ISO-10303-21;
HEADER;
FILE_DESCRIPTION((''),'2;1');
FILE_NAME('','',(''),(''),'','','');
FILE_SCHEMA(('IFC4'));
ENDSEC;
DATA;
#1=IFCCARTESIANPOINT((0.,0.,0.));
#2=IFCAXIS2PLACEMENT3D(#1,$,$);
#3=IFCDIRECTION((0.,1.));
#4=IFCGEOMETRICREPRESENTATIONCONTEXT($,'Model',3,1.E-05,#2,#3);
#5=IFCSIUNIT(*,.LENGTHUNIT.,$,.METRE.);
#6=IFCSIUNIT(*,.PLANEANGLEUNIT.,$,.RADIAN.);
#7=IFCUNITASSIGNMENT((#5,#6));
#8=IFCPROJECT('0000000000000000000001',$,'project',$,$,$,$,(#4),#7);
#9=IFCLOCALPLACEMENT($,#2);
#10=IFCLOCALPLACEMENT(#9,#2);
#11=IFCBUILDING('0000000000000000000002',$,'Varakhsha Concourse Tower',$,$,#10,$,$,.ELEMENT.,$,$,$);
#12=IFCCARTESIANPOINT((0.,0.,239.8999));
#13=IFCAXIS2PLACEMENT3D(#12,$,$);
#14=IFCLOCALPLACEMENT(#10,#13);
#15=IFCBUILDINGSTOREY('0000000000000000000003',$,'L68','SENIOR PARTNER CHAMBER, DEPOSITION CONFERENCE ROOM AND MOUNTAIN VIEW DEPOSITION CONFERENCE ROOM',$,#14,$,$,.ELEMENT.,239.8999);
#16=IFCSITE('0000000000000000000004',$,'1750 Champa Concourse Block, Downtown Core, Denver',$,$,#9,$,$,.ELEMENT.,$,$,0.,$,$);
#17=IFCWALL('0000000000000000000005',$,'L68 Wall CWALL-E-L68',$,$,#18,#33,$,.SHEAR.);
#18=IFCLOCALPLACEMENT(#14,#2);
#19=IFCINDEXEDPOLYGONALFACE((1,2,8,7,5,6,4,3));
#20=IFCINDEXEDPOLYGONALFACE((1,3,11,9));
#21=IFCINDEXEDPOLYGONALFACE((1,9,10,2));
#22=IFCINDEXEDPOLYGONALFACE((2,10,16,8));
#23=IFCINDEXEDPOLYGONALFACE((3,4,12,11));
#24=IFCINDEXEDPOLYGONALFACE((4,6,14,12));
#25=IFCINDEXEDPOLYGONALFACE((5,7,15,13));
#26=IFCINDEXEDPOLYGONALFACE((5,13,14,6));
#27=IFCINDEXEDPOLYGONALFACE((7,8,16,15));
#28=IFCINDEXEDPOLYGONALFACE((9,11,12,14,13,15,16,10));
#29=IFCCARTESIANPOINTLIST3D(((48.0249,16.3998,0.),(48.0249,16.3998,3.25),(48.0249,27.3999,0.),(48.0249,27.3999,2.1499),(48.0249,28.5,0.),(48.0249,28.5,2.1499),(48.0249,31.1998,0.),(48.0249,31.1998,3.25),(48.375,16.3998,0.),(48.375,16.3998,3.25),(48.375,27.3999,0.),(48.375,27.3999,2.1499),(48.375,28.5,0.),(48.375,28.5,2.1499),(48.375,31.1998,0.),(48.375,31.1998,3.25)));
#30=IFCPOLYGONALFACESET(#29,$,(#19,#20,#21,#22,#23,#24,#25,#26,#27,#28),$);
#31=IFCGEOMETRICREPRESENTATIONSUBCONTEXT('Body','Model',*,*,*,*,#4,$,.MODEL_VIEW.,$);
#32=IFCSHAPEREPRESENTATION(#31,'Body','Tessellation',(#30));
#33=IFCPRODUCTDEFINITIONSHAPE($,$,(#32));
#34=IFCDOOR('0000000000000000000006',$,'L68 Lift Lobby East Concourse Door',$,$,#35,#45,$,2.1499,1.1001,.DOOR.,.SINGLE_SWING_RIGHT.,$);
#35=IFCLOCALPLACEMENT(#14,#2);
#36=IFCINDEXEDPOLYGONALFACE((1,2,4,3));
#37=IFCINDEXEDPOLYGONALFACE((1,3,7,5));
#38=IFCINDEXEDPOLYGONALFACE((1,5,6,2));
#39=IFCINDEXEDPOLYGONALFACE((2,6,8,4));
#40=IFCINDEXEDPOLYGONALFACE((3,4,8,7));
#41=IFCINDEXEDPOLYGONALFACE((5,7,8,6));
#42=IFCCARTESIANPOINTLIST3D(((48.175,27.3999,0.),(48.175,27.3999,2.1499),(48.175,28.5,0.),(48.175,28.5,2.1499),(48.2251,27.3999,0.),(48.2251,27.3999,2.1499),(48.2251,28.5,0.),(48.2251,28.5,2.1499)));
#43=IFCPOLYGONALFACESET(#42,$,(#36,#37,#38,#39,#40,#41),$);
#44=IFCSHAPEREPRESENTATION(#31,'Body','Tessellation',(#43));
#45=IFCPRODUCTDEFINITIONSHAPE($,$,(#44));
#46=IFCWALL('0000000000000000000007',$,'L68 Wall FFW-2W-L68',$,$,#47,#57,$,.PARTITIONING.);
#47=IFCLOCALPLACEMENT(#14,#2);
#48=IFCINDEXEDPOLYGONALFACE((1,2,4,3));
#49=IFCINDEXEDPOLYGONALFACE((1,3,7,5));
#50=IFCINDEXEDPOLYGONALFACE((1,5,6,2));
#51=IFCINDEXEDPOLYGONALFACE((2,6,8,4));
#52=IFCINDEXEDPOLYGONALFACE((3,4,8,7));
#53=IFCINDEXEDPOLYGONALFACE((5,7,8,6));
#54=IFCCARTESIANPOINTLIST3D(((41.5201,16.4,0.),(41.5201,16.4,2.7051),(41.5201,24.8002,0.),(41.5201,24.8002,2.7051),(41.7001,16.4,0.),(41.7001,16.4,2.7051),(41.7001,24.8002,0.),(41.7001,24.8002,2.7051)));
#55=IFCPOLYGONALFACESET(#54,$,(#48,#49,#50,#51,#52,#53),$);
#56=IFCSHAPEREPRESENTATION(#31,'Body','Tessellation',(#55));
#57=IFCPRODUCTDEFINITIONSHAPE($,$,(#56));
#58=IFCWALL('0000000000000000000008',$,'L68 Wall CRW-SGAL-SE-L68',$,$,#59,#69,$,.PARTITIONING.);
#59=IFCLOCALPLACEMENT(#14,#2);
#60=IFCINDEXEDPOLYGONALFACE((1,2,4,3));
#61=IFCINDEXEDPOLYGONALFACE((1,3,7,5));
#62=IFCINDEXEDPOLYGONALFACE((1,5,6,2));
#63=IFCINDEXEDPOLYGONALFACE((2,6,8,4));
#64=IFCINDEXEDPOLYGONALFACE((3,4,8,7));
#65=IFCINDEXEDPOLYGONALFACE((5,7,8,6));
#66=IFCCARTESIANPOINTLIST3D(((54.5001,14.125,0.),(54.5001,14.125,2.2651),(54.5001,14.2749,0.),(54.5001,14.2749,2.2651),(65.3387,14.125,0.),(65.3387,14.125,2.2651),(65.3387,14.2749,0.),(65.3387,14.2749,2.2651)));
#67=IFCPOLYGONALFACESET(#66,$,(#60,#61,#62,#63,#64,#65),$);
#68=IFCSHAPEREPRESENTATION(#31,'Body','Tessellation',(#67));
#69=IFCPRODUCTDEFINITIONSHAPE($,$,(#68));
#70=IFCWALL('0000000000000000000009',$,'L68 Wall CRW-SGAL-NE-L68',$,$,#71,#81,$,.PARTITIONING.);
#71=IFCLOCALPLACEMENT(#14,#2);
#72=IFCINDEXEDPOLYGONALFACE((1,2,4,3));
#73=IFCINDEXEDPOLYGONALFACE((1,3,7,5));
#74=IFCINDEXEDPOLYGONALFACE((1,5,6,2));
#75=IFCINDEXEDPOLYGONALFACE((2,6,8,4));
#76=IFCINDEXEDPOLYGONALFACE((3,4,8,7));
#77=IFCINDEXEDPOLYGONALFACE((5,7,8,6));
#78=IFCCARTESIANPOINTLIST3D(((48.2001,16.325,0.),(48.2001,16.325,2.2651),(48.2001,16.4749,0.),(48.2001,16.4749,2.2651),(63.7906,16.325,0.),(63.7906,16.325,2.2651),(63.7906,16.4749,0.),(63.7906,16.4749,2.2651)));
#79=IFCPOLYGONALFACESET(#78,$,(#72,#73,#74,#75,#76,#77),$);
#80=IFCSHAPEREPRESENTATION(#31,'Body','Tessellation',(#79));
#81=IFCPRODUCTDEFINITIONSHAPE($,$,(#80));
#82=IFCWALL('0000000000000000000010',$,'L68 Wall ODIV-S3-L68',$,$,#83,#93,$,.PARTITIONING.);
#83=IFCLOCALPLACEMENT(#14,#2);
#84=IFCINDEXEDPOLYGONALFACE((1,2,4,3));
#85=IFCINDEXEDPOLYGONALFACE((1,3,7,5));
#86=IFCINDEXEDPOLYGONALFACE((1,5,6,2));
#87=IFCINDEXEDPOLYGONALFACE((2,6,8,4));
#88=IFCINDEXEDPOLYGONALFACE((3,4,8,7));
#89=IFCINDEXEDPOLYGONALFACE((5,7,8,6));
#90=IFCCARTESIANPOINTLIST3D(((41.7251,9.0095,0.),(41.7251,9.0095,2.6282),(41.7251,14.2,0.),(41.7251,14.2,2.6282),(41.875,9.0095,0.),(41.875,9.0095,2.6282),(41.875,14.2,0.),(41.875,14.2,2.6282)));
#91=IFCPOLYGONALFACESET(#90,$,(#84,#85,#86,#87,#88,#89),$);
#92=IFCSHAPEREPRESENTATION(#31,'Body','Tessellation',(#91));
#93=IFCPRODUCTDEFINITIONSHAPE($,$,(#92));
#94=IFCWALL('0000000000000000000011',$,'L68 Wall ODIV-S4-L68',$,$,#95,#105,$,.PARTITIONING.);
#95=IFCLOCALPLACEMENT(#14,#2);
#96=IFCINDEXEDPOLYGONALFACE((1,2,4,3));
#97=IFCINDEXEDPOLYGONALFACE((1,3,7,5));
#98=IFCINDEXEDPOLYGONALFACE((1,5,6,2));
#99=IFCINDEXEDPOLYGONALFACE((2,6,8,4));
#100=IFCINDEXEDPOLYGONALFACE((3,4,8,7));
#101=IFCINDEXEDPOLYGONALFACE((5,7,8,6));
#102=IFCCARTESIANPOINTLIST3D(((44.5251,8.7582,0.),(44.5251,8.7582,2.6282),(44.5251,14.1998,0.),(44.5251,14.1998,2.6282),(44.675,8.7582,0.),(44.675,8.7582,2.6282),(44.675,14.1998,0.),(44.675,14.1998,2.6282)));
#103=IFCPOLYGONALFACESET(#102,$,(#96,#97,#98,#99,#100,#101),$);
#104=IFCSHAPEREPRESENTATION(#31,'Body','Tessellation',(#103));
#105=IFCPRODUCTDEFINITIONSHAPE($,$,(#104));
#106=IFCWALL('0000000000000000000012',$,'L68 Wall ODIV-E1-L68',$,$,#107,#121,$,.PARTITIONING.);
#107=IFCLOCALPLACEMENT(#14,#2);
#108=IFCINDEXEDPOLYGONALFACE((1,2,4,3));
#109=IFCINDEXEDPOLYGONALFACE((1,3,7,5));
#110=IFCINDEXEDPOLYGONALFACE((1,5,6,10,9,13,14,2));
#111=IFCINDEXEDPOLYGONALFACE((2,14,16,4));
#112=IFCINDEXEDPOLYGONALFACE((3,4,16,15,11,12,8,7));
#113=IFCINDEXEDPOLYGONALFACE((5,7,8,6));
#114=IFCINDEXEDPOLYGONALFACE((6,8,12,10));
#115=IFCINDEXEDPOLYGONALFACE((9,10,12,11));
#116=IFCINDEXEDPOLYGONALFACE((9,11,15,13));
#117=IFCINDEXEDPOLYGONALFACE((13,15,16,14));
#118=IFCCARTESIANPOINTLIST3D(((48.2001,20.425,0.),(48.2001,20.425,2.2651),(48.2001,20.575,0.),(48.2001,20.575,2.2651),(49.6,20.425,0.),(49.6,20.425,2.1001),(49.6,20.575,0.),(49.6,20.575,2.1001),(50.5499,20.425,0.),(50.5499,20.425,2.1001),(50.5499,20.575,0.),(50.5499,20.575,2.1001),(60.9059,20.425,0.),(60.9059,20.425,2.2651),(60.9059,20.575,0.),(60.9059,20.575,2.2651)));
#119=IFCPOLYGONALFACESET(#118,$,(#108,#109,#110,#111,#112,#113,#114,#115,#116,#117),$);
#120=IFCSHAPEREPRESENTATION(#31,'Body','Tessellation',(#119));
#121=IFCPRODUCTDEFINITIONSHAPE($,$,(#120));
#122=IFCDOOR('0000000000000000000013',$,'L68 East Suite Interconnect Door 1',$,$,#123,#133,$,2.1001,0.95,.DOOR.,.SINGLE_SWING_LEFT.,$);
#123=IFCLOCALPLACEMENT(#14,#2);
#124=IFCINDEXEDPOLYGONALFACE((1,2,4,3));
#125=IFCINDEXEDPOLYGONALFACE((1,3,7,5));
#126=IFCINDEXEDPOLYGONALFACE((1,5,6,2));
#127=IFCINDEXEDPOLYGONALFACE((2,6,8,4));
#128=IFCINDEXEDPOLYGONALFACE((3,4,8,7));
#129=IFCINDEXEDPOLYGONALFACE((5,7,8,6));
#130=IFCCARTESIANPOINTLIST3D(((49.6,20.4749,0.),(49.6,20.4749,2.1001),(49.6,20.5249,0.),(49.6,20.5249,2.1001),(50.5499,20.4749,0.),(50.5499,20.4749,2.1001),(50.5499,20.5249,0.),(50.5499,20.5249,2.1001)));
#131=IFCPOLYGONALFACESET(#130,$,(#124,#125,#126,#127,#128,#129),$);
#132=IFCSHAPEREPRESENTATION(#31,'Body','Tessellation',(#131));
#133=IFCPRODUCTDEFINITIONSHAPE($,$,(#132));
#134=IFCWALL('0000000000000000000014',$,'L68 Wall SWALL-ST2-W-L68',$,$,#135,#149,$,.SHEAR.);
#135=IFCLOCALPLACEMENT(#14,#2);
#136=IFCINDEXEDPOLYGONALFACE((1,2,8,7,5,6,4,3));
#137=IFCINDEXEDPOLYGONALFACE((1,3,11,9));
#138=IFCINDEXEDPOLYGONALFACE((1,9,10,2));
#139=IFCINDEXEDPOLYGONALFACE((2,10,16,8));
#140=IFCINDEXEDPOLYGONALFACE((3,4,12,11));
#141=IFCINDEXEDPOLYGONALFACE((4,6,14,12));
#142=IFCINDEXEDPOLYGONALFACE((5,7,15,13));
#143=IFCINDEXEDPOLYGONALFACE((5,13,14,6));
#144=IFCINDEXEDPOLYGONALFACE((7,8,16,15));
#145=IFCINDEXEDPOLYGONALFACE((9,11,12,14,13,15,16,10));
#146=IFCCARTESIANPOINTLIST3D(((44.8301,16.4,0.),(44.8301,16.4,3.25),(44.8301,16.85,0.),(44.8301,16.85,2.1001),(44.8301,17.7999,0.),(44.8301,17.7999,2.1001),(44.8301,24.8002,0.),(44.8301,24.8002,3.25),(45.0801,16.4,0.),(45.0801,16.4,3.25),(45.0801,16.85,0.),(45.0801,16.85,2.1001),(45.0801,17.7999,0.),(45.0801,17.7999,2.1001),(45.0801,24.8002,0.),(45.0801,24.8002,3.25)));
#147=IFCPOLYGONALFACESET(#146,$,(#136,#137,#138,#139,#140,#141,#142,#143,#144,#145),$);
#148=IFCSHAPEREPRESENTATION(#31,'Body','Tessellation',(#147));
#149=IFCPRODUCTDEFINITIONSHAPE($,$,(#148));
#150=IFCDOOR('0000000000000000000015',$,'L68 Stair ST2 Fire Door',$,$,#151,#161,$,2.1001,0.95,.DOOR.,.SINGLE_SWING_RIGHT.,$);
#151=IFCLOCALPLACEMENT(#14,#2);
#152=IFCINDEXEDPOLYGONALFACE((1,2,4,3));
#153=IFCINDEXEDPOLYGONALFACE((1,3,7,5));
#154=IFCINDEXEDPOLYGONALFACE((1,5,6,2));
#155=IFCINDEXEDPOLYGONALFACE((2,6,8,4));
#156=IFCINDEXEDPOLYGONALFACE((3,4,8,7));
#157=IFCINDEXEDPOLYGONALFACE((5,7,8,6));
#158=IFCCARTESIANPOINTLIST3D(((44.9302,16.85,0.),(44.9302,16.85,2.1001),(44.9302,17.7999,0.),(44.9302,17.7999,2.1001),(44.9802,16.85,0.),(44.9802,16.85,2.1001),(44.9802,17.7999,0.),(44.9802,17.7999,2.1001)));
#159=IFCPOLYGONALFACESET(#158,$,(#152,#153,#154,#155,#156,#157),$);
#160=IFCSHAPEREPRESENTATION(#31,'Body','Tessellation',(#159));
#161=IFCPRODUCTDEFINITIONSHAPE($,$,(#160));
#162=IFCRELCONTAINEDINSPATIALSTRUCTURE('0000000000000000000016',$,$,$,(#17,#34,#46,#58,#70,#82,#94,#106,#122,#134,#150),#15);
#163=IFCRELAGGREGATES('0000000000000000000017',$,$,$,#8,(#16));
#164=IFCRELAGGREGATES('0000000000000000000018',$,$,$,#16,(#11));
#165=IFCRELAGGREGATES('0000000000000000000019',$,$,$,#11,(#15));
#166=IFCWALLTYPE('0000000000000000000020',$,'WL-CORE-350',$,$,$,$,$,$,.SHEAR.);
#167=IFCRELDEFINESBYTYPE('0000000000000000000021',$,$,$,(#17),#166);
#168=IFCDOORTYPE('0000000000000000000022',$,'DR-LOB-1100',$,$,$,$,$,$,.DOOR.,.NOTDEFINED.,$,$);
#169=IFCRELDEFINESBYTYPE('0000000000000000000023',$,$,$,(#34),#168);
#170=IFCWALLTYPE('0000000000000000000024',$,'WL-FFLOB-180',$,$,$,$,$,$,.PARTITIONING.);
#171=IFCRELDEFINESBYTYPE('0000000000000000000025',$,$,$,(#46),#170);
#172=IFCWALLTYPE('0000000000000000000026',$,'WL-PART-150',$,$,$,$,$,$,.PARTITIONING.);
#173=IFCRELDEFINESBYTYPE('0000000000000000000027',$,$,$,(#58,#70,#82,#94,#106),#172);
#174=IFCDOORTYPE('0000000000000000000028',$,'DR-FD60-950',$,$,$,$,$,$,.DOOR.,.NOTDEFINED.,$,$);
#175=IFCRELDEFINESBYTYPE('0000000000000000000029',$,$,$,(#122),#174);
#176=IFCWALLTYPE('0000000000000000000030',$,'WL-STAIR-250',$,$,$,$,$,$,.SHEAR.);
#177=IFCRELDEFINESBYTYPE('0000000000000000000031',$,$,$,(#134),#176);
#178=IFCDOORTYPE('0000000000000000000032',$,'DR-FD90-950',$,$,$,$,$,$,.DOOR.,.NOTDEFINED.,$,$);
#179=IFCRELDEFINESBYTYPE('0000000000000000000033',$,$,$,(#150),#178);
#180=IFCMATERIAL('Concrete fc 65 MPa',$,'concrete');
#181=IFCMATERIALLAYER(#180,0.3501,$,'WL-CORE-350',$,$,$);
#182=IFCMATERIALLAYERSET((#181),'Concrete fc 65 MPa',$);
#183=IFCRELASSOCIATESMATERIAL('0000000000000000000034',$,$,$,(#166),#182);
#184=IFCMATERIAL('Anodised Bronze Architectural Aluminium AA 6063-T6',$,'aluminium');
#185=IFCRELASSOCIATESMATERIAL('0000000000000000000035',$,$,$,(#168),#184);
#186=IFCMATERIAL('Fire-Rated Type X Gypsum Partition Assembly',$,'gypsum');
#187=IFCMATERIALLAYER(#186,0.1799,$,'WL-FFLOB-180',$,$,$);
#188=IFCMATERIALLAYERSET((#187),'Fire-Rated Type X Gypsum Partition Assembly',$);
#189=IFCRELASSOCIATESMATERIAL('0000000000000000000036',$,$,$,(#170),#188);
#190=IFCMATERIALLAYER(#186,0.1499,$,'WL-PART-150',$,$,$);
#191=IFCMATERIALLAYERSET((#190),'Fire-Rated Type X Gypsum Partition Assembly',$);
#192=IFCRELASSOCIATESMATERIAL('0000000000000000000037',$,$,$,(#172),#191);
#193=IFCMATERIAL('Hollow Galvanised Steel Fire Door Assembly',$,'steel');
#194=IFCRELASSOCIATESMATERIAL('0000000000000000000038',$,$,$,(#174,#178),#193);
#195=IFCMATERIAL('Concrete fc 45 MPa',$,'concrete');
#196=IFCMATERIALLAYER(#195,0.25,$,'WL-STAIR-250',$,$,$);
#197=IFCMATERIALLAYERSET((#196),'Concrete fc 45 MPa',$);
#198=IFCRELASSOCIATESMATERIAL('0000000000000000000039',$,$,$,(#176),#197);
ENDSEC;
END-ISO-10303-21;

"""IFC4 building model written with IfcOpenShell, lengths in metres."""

from ifc_helpers import new_model, si_unit, direction, frame, frame_2d, origin, place, context, subcontext, project, spatial, rectangle, extrude, material, layer, layer_set, type_object, element, fill, save


model = new_model("IFC4")

# Units and contexts
model_context = context("Model", 3, precision=1e-05, world=origin(), true_north=direction((0.0, 1.0)))
body_context = subcontext(model_context, "Body", "Model", "MODEL_VIEW")
ifc_project = project(units=[si_unit("LENGTHUNIT", "METRE"), si_unit("PLANEANGLEUNIT", "RADIAN")], contexts=[model_context])

# Site, building, storey
site_placement = place(None, origin())
site = spatial("IfcSite", under=ifc_project, at=site_placement, Name="1750 Champa Concourse Block, Downtown Core, Denver", CompositionType="ELEMENT", RefElevation=0.0)
building_placement = place(site_placement, origin())
building = spatial("IfcBuilding", under=site, at=building_placement, Name="Varakhsha Concourse Tower", CompositionType="ELEMENT")
storey_placement = place(building_placement, frame((0.0, 0.0, 239.8999)))
storey = spatial("IfcBuildingStorey", under=building, at=storey_placement, Name="L68", Description="SENIOR PARTNER CHAMBER, DEPOSITION CONFERENCE ROOM AND MOUNTAIN VIEW DEPOSITION CONFERENCE ROOM", CompositionType="ELEMENT", Elevation=239.8999)

# Shared definitions
ifc_material_1 = material(Name="Concrete fc 65 MPa", Category="concrete")

# Shared definitions
ifc_material_2 = material(Name="Anodised Bronze Architectural Aluminium AA 6063-T6", Category="aluminium")

# Wall, opening, door
ifc_layer_1 = layer(ifc_material_1, 0.3501, Name="WL-CORE-350")
ifc_layer_set_1 = layer_set([ifc_layer_1], Name="Concrete fc 65 MPa")
wall_type_1 = type_object("IfcWallType", Name="WL-CORE-350", PredefinedType="SHEAR", material=ifc_layer_set_1)
wall_1_placement = place(storey_placement, frame((48.2, 16.3999, 0.0), z_axis=(0.0, 0.0, 1.0), x_axis=(0.0, 1.0, 0.0)))
wall_1 = element("IfcWall", 1, at=wall_1_placement, inside=storey, type_object=wall_type_1, Name="L68 Wall CWALL-E-L68", PredefinedType="SHEAR", context=body_context, shape_type="SweptSolid", body=[
    extrude(rectangle(XDim=14.8, YDim=0.3501, at=frame_2d((7.3999, 0.0))), origin(), (0.0, 0.0, 1.0), 3.25),
])
opening_1_placement = place(wall_1_placement, frame((11.0, 0.0, 0.0)))
opening_1 = element("IfcOpeningElement", 2, at=opening_1_placement, cuts=wall_1, PredefinedType="OPENING", context=body_context, shape_type="SweptSolid", body=[
    extrude(rectangle(XDim=1.1001, YDim=2.1499, at=frame_2d((0.55, 1.075))), frame((0.0, 0.1851, 0.0), z_axis=(0.0, -1.0, 0.0), x_axis=(1.0, 0.0, 0.0)), (0.0, 0.0, 1.0), 0.3701),
])
door_type_1 = type_object("IfcDoorType", Name="DR-LOB-1100", OperationType="NOTDEFINED", PredefinedType="DOOR", material=ifc_material_2)
door_1_placement = place(opening_1_placement, origin())
door_1 = element("IfcDoor", 3, at=door_1_placement, inside=storey, type_object=door_type_1, Name="L68 Lift Lobby East Concourse Door", OperationType="SINGLE_SWING_RIGHT", OverallHeight=2.1499, OverallWidth=1.1001, PredefinedType="DOOR", context=body_context, shape_type="SweptSolid", body=[
    extrude(rectangle(XDim=1.1001, YDim=2.1499, at=frame_2d((0.55, 1.075))), frame((0.0, 0.0249, 0.0), z_axis=(0.0, -1.0, 0.0), x_axis=(1.0, 0.0, 0.0)), (0.0, 0.0, 1.0), 0.05),
])
fill(opening_1, door_1)

# Walls
ifc_material_3 = material(Name="Fire-Rated Type X Gypsum Partition Assembly", Category="gypsum")
ifc_layer_2 = layer(ifc_material_3, 0.1799, Name="WL-FFLOB-180")
ifc_layer_set_2 = layer_set([ifc_layer_2], Name="Fire-Rated Type X Gypsum Partition Assembly")
wall_type_2 = type_object("IfcWallType", Name="WL-FFLOB-180", PredefinedType="PARTITIONING", material=ifc_layer_set_2)
wall_2_placement = place(storey_placement, frame((41.6101, 16.3999, 0.0), z_axis=(0.0, 0.0, 1.0), x_axis=(0.0, 1.0, 0.0)))
element("IfcWall", 4, at=wall_2_placement, inside=storey, type_object=wall_type_2, Name="L68 Wall FFW-2W-L68", PredefinedType="PARTITIONING", context=body_context, shape_type="SweptSolid", body=[
    extrude(rectangle(XDim=8.4001, YDim=0.1799, at=frame_2d((4.2002, 0.0))), origin(), (0.0, 0.0, 1.0), 2.7051),
])
ifc_layer_3 = layer(ifc_material_3, 0.1499, Name="WL-PART-150")
ifc_layer_set_3 = layer_set([ifc_layer_3], Name="Fire-Rated Type X Gypsum Partition Assembly")
wall_type_3 = type_object("IfcWallType", Name="WL-PART-150", PredefinedType="PARTITIONING", material=ifc_layer_set_3)
wall_3_placement = place(storey_placement, frame((54.5, 14.2, 0.0), z_axis=(0.0, 0.0, 1.0), x_axis=(1.0, 0.0, 0.0)))
element("IfcWall", 5, at=wall_3_placement, inside=storey, type_object=wall_type_3, Name="L68 Wall CRW-SGAL-SE-L68", PredefinedType="PARTITIONING", context=body_context, shape_type="SweptSolid", body=[
    extrude(rectangle(XDim=10.8386, YDim=0.1499, at=frame_2d((5.4194, 0.0))), origin(), (0.0, 0.0, 1.0), 2.2651),
])
wall_4_placement = place(storey_placement, frame((48.2, 16.3999, 0.0), z_axis=(0.0, 0.0, 1.0), x_axis=(1.0, 0.0, 0.0)))
element("IfcWall", 6, at=wall_4_placement, inside=storey, type_object=wall_type_3, Name="L68 Wall CRW-SGAL-NE-L68", PredefinedType="PARTITIONING", context=body_context, shape_type="SweptSolid", body=[
    extrude(rectangle(XDim=15.5906, YDim=0.1499, at=frame_2d((7.7954, 0.0))), origin(), (0.0, 0.0, 1.0), 2.2651),
])
wall_5_placement = place(storey_placement, frame((41.8, 9.0095, 0.0), z_axis=(0.0, 0.0, 1.0), x_axis=(0.0, 1.0, 0.0)))
element("IfcWall", 7, at=wall_5_placement, inside=storey, type_object=wall_type_3, Name="L68 Wall ODIV-S3-L68", PredefinedType="PARTITIONING", context=body_context, shape_type="SweptSolid", body=[
    extrude(rectangle(XDim=5.1904, YDim=0.1499, at=frame_2d((2.5952, 0.0))), origin(), (0.0, 0.0, 1.0), 2.6282),
])
wall_6_placement = place(storey_placement, frame((44.6001, 8.7583, 0.0), z_axis=(0.0, 0.0, 1.0), x_axis=(0.0, 1.0, 0.0)))
element("IfcWall", 8, at=wall_6_placement, inside=storey, type_object=wall_type_3, Name="L68 Wall ODIV-S4-L68", PredefinedType="PARTITIONING", context=body_context, shape_type="SweptSolid", body=[
    extrude(rectangle(XDim=5.4417, YDim=0.1499, at=frame_2d((2.7207, 0.0))), origin(), (0.0, 0.0, 1.0), 2.6282),
])

# Walls, openings, doors
wall_7_placement = place(storey_placement, frame((48.2, 20.5, 0.0), z_axis=(0.0, 0.0, 1.0), x_axis=(1.0, 0.0, 0.0)))
wall_7 = element("IfcWall", 9, at=wall_7_placement, inside=storey, type_object=wall_type_3, Name="L68 Wall ODIV-E1-L68", PredefinedType="PARTITIONING", context=body_context, shape_type="SweptSolid", body=[
    extrude(rectangle(XDim=12.7058, YDim=0.1499, at=frame_2d((6.353, 0.0))), origin(), (0.0, 0.0, 1.0), 2.2651),
])
opening_2_placement = place(wall_7_placement, frame((1.3999, 0.0, 0.0)))
opening_2 = element("IfcOpeningElement", 10, at=opening_2_placement, cuts=wall_7, PredefinedType="OPENING", context=body_context, shape_type="SweptSolid", body=[
    extrude(rectangle(XDim=0.95, YDim=2.1001, at=frame_2d((0.4751, 1.05))), frame((0.0, 0.085, 0.0), z_axis=(0.0, -1.0, 0.0), x_axis=(1.0, 0.0, 0.0)), (0.0, 0.0, 1.0), 0.1699),
])
ifc_material_4 = material(Name="Hollow Galvanised Steel Fire Door Assembly", Category="steel")
door_type_2 = type_object("IfcDoorType", Name="DR-FD60-950", OperationType="NOTDEFINED", PredefinedType="DOOR", material=ifc_material_4)
door_2_placement = place(opening_2_placement, origin())
door_2 = element("IfcDoor", 11, at=door_2_placement, inside=storey, type_object=door_type_2, Name="L68 East Suite Interconnect Door 1", OperationType="SINGLE_SWING_LEFT", OverallHeight=2.1001, OverallWidth=0.95, PredefinedType="DOOR", context=body_context, shape_type="SweptSolid", body=[
    extrude(rectangle(XDim=0.95, YDim=2.1001, at=frame_2d((0.4751, 1.05))), frame((0.0, 0.0249, 0.0), z_axis=(0.0, -1.0, 0.0), x_axis=(1.0, 0.0, 0.0)), (0.0, 0.0, 1.0), 0.05),
])
fill(opening_2, door_2)
ifc_material_5 = material(Name="Concrete fc 45 MPa", Category="concrete")
ifc_layer_4 = layer(ifc_material_5, 0.25, Name="WL-STAIR-250")
ifc_layer_set_4 = layer_set([ifc_layer_4], Name="Concrete fc 45 MPa")
wall_type_4 = type_object("IfcWallType", Name="WL-STAIR-250", PredefinedType="SHEAR", material=ifc_layer_set_4)
wall_8_placement = place(storey_placement, frame((44.9551, 16.3999, 0.0), z_axis=(0.0, 0.0, 1.0), x_axis=(0.0, 1.0, 0.0)))
wall_8 = element("IfcWall", 12, at=wall_8_placement, inside=storey, type_object=wall_type_4, Name="L68 Wall SWALL-ST2-W-L68", PredefinedType="SHEAR", context=body_context, shape_type="SweptSolid", body=[
    extrude(rectangle(XDim=8.4001, YDim=0.25, at=frame_2d((4.2002, 0.0))), origin(), (0.0, 0.0, 1.0), 3.25),
])
opening_3_placement = place(wall_8_placement, frame((0.45, 0.0, 0.0)))
opening_3 = element("IfcOpeningElement", 13, at=opening_3_placement, cuts=wall_8, PredefinedType="OPENING", context=body_context, shape_type="SweptSolid", body=[
    extrude(rectangle(XDim=0.95, YDim=2.1001, at=frame_2d((0.4751, 1.05))), frame((0.0, 0.135, 0.0), z_axis=(0.0, -1.0, 0.0), x_axis=(1.0, 0.0, 0.0)), (0.0, 0.0, 1.0), 0.27),
])
door_type_3 = type_object("IfcDoorType", Name="DR-FD90-950", OperationType="NOTDEFINED", PredefinedType="DOOR", material=ifc_material_4)
door_3_placement = place(opening_3_placement, origin())
door_3 = element("IfcDoor", 14, at=door_3_placement, inside=storey, type_object=door_type_3, Name="L68 Stair ST2 Fire Door", OperationType="SINGLE_SWING_RIGHT", OverallHeight=2.1001, OverallWidth=0.95, PredefinedType="DOOR", context=body_context, shape_type="SweptSolid", body=[
    extrude(rectangle(XDim=0.95, YDim=2.1001, at=frame_2d((0.4751, 1.05))), frame((0.0, 0.0249, 0.0), z_axis=(0.0, -1.0, 0.0), x_axis=(1.0, 0.0, 0.0)), (0.0, 0.0, 1.0), 0.05),
])
fill(opening_3, door_3)

save(model, "model.ifc")
